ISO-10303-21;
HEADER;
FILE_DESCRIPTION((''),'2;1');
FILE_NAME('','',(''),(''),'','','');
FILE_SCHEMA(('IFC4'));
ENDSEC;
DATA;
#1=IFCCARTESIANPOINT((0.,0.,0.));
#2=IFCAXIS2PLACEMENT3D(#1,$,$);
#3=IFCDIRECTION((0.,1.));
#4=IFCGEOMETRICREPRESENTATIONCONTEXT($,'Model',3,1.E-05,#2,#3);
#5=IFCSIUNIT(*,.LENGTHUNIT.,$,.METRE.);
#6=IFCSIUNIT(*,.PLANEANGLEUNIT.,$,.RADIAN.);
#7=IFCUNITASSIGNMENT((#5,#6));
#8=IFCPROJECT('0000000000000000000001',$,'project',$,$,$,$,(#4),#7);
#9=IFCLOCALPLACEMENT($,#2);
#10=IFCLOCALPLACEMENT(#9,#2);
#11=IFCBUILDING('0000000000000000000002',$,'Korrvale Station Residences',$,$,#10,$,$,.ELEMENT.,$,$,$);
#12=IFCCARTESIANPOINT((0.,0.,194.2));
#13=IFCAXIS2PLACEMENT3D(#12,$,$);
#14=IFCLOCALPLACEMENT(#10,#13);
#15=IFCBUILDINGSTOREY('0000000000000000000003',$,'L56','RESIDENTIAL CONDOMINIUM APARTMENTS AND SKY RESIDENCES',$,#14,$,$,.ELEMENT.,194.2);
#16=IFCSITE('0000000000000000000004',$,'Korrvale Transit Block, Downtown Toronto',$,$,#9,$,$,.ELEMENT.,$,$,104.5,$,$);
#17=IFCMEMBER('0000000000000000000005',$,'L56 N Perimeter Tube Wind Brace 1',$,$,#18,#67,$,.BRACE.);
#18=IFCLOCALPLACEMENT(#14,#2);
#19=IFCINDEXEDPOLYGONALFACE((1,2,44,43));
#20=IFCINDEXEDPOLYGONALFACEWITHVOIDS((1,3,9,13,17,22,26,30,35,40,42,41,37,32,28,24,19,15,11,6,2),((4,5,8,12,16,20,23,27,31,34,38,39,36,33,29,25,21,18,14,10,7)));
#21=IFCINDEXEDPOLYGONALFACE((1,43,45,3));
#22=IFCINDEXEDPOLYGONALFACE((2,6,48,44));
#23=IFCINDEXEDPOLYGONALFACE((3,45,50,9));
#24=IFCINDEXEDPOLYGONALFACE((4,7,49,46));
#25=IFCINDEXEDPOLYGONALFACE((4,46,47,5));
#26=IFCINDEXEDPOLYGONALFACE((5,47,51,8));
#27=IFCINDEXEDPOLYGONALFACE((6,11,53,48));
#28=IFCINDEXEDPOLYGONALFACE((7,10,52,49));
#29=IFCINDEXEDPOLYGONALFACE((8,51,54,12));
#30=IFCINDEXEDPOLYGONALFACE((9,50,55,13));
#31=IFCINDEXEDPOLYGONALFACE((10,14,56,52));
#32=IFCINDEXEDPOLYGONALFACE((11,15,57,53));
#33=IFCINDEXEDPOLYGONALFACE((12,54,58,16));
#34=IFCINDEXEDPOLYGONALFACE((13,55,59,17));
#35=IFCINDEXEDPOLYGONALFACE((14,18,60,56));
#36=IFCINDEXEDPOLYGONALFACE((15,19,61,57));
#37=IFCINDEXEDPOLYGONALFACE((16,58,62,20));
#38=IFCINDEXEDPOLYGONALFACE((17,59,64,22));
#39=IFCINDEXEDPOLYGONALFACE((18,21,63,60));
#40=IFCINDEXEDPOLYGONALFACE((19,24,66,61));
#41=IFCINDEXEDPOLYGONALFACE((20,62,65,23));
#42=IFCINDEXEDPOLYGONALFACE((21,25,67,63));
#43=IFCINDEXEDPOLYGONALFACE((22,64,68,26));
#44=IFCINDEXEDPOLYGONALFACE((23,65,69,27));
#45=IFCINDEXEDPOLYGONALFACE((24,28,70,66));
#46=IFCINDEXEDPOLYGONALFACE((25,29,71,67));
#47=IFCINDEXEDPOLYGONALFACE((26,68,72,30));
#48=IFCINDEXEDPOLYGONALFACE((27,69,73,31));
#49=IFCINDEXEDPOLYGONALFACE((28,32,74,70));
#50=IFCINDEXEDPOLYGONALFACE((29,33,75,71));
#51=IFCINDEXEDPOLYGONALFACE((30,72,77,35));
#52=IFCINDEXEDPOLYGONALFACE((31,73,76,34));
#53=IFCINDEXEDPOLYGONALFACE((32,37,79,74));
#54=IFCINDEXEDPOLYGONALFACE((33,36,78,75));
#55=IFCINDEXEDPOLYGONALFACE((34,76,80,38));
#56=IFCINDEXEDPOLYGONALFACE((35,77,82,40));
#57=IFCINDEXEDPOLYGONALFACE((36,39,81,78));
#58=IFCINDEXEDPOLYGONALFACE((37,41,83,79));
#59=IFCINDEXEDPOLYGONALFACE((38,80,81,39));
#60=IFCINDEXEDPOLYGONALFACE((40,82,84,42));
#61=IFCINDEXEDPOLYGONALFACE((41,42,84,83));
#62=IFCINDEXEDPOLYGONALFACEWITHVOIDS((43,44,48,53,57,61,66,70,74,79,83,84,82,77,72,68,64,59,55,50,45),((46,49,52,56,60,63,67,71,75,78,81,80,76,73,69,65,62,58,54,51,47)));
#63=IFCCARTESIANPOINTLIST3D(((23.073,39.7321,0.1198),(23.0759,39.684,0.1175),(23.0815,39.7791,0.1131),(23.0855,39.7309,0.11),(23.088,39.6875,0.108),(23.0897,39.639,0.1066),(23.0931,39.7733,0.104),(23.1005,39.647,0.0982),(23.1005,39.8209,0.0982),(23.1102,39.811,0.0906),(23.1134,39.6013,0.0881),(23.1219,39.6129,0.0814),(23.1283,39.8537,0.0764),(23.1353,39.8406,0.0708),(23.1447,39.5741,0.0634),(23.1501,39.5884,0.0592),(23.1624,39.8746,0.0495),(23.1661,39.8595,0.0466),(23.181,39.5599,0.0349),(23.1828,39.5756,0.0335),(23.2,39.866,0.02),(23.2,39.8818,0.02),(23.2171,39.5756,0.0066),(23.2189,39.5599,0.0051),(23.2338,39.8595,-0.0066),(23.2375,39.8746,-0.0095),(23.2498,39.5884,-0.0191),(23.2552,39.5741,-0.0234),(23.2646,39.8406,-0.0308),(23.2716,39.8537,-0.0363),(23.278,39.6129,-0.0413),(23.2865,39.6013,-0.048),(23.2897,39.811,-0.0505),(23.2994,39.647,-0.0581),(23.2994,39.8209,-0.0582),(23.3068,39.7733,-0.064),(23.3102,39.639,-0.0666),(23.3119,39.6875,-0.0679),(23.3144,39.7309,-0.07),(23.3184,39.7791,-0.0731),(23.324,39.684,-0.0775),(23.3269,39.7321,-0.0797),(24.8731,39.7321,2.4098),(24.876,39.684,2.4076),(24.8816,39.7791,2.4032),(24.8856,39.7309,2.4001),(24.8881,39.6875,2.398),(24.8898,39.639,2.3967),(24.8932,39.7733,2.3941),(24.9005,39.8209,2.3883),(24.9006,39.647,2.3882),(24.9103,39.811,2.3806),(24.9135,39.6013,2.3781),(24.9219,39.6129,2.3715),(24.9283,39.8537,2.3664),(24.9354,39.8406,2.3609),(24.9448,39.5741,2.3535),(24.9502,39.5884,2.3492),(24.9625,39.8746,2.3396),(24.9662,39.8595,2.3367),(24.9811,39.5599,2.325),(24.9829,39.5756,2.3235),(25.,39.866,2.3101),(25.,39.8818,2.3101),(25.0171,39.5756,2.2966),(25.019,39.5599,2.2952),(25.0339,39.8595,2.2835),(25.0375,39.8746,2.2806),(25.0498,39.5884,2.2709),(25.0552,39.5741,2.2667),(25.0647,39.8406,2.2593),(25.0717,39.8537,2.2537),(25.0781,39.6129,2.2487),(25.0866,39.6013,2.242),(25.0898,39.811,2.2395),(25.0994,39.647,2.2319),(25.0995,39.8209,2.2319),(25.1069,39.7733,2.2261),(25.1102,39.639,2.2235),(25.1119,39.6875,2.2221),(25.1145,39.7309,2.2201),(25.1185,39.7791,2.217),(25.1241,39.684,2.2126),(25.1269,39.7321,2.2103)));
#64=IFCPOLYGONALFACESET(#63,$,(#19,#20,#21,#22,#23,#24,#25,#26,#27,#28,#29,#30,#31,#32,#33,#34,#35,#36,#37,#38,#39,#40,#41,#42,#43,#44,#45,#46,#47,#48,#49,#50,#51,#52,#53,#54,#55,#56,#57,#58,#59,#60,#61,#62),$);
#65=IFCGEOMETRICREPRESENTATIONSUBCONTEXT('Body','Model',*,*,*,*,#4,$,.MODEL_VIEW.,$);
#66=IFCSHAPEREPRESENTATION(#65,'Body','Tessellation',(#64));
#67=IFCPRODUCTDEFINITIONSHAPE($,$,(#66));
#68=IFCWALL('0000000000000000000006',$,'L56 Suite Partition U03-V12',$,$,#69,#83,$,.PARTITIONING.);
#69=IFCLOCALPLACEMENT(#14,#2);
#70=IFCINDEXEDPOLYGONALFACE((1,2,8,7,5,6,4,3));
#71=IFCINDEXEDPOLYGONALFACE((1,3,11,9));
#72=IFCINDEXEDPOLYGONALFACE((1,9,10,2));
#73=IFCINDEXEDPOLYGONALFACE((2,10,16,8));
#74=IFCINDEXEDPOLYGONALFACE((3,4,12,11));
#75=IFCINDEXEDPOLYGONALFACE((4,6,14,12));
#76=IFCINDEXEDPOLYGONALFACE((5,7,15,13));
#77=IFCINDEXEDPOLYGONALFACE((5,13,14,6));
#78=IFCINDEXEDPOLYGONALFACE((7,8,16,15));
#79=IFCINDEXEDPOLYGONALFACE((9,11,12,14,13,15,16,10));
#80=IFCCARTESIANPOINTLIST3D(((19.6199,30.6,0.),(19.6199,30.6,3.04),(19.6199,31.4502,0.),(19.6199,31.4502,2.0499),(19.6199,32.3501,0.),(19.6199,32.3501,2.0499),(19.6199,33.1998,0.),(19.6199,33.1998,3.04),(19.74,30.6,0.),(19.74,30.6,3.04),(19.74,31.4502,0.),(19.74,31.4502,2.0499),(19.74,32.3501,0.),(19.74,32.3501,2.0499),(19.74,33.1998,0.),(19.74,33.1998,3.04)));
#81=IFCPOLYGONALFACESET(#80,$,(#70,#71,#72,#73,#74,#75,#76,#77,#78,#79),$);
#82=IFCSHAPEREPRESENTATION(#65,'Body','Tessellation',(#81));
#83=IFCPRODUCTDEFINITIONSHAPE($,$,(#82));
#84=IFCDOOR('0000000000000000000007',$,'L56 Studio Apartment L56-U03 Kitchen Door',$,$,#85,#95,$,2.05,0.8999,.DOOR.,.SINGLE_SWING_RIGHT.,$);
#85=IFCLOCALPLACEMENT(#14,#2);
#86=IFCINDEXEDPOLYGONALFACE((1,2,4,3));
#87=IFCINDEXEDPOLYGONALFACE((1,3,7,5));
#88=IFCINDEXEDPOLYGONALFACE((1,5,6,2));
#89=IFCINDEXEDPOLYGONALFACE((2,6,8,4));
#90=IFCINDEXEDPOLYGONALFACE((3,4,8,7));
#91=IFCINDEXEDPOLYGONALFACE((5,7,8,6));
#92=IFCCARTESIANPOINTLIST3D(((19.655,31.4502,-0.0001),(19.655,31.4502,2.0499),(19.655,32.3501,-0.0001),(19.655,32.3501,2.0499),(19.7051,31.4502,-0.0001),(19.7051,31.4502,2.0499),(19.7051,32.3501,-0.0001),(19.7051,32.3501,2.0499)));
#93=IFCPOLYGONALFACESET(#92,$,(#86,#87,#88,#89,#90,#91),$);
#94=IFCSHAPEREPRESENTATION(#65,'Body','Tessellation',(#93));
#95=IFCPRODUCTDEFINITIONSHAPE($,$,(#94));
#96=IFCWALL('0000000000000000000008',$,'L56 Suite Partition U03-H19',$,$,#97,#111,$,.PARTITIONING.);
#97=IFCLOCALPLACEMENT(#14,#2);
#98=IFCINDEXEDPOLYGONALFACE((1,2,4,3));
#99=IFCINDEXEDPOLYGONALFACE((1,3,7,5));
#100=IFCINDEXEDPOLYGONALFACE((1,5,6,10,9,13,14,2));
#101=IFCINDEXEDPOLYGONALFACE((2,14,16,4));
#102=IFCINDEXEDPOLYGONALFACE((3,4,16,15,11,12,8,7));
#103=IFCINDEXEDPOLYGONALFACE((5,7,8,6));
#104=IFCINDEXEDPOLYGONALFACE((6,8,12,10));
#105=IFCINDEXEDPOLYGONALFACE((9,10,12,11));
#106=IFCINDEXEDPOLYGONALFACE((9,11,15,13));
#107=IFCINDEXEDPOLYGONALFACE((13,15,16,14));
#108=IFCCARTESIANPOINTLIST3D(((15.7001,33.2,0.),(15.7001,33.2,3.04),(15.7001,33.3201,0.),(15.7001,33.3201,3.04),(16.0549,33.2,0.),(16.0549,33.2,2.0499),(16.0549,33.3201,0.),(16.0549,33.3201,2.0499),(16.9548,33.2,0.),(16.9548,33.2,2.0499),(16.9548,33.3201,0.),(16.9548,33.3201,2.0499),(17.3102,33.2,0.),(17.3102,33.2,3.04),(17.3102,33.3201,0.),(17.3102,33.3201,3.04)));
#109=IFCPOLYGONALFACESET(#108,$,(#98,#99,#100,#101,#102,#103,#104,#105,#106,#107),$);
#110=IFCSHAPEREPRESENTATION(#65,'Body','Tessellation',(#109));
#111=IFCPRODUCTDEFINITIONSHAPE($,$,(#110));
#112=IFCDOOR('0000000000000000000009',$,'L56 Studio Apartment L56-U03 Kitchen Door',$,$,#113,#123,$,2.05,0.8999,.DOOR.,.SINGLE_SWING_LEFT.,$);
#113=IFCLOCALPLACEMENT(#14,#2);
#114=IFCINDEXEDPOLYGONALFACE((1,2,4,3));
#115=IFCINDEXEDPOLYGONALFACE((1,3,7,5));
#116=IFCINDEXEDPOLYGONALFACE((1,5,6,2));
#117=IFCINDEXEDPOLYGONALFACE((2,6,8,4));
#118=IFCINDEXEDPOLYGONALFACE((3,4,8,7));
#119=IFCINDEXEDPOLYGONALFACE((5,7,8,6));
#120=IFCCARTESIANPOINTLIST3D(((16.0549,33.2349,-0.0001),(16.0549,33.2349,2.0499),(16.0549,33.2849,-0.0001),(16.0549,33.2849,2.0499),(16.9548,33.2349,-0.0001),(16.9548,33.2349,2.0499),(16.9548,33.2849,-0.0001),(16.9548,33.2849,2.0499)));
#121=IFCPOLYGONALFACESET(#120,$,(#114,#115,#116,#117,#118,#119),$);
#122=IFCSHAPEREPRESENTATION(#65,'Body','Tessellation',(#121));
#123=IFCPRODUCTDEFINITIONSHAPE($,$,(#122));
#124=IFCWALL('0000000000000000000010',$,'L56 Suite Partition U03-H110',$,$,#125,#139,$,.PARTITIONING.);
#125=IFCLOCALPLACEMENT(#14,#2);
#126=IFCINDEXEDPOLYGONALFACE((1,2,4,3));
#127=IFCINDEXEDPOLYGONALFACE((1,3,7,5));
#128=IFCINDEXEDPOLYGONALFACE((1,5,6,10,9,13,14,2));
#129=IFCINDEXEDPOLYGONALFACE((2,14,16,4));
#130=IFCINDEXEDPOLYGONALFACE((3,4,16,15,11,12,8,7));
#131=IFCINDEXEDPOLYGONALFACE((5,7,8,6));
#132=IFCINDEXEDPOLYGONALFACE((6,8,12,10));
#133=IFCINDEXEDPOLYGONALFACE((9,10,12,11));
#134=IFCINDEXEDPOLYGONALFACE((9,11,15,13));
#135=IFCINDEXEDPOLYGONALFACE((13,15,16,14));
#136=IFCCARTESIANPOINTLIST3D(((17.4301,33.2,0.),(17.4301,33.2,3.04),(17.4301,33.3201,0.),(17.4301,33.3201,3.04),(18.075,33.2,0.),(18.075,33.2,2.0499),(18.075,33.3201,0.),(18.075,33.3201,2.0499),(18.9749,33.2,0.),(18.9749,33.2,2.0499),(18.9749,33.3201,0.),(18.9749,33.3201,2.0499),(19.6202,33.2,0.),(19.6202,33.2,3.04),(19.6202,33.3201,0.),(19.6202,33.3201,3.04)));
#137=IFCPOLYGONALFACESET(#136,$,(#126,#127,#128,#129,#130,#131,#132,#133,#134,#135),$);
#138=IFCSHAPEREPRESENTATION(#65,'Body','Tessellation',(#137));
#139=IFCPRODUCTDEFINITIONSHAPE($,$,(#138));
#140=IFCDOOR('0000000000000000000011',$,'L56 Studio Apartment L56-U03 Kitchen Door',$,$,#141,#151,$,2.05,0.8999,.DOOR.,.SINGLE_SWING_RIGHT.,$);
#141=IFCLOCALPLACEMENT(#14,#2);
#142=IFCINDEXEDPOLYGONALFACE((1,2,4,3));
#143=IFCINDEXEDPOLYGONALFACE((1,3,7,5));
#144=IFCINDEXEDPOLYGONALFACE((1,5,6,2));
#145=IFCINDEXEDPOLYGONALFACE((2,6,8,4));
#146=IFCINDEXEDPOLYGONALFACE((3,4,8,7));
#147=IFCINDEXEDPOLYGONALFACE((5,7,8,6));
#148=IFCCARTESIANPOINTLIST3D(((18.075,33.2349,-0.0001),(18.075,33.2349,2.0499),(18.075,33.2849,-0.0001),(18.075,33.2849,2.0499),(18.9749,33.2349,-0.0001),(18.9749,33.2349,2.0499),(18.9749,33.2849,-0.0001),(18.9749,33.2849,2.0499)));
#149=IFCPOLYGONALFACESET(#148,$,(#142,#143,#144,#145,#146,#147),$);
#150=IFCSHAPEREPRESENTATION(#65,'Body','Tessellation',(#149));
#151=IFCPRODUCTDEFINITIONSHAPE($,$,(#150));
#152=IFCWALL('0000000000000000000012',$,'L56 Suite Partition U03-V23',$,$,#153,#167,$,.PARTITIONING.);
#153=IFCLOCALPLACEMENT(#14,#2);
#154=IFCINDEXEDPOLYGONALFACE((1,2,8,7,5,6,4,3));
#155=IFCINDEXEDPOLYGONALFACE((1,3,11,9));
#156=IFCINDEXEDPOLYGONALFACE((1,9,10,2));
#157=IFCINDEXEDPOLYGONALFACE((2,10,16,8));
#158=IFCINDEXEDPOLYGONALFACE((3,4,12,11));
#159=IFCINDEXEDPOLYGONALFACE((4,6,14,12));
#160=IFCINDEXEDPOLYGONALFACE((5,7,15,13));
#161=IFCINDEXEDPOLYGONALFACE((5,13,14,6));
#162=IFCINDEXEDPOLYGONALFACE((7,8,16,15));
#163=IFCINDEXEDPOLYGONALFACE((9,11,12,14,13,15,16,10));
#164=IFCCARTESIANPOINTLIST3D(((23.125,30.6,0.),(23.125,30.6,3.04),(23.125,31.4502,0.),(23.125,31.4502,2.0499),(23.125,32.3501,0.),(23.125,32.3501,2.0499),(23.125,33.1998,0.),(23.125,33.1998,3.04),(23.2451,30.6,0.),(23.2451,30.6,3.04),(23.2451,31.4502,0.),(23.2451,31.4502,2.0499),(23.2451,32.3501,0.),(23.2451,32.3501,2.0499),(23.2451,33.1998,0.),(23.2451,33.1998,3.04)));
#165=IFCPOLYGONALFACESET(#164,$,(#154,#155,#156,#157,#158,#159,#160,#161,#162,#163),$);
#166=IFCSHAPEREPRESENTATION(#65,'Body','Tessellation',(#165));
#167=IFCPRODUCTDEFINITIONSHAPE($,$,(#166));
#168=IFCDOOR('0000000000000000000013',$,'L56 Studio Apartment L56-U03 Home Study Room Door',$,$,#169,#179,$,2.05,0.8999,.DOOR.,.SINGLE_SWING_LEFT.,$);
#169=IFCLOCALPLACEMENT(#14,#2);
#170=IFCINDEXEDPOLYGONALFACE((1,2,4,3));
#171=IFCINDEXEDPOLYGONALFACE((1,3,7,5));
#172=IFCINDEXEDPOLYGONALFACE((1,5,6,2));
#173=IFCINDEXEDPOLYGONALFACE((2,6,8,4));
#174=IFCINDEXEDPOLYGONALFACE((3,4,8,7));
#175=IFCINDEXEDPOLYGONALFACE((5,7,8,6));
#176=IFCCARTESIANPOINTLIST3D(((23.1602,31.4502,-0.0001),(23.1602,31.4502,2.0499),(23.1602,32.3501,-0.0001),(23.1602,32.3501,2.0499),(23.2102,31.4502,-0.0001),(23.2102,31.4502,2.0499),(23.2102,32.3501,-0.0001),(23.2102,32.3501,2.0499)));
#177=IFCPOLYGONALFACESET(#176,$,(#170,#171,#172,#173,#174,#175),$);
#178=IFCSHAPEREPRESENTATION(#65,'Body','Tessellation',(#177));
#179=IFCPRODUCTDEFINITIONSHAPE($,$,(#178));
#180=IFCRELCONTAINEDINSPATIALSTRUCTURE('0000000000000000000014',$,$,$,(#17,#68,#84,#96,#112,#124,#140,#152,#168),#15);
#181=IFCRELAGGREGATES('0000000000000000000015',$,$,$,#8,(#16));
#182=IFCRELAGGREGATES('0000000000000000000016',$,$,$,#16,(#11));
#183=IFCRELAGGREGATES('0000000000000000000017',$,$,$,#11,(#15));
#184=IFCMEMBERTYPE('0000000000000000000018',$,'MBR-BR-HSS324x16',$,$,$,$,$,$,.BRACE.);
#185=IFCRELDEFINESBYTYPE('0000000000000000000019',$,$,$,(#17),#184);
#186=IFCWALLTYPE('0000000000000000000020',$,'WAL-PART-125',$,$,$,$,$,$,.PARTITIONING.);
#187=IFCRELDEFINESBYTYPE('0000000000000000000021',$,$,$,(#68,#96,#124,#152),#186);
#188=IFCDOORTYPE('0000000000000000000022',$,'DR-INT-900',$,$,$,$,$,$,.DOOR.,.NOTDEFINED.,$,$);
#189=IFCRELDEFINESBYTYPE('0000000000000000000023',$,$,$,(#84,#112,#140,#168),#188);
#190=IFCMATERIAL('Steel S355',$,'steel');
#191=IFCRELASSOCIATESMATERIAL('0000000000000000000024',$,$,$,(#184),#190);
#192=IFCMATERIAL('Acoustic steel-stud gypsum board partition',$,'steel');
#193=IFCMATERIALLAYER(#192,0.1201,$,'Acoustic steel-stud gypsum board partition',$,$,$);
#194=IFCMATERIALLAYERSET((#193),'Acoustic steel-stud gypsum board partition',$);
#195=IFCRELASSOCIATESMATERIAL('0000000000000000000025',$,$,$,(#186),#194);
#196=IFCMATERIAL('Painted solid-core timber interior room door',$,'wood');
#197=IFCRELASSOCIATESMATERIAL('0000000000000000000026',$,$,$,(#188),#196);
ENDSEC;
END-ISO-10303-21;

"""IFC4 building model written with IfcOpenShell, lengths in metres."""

from ifc_helpers import new_model, si_unit, direction, frame, frame_2d, origin, origin_2d, place, context, subcontext, project, spatial, rectangle, hollow_circle, extrude, material, layer, layer_set, material_profile, profile_set, type_object, element, fill, save


model = new_model("IFC4")

# Units and contexts
model_context = context("Model", 3, precision=1e-05, world=origin(), true_north=direction((0.0, 1.0)))
body_context = subcontext(model_context, "Body", "Model", "MODEL_VIEW")
ifc_project = project(units=[si_unit("LENGTHUNIT", "METRE"), si_unit("PLANEANGLEUNIT", "RADIAN")], contexts=[model_context])

# Site, building, storey
site_placement = place(None, origin())
site = spatial("IfcSite", under=ifc_project, at=site_placement, Name="Korrvale Transit Block, Downtown Toronto", CompositionType="ELEMENT", RefElevation=104.5)
building_placement = place(site_placement, origin())
building = spatial("IfcBuilding", under=site, at=building_placement, Name="Korrvale Station Residences", CompositionType="ELEMENT")
storey_placement = place(building_placement, frame((0.0, 0.0, 194.2)))
storey = spatial("IfcBuildingStorey", under=building, at=storey_placement, Name="L56", Description="RESIDENTIAL CONDOMINIUM APARTMENTS AND SKY RESIDENCES", CompositionType="ELEMENT", Elevation=194.2)

# Shared definitions
ifc_material_1 = material(Name="Steel S355", Category="steel")

# Member
ifc_material_profile_1 = material_profile(ifc_material_1, hollow_circle(Radius=0.1619, WallThickness=0.0159, at=origin_2d()), Name="HSS324x16")
ifc_profile_set_1 = profile_set([ifc_material_profile_1], Name="Steel S355")
member_type = type_object("IfcMemberType", Name="MBR-BR-HSS324x16", PredefinedType="BRACE", material=ifc_profile_set_1)
member_placement = place(storey_placement, frame((23.2, 39.72, 0.02), z_axis=(0.617977, 0.0, 0.786196), x_axis=(0.0, 1.0, 0.0)))
element("IfcMember", 1, at=member_placement, inside=storey, type_object=member_type, Name="L56 N Perimeter Tube Wind Brace 1", PredefinedType="BRACE", context=body_context, shape_type="SweptSolid", body=[
    extrude(hollow_circle(Radius=0.1619, WallThickness=0.0159, at=origin_2d()), origin(), (0.0, 0.0, 1.0), 2.9128),
])

# Walls, openings, doors
ifc_material_2 = material(Name="Acoustic steel-stud gypsum board partition", Category="steel")
ifc_layer_1 = layer(ifc_material_2, 0.1201, Name="Acoustic steel-stud gypsum board partition")
ifc_layer_set_1 = layer_set([ifc_layer_1], Name="Acoustic steel-stud gypsum board partition")
wall_type = type_object("IfcWallType", Name="WAL-PART-125", PredefinedType="PARTITIONING", material=ifc_layer_set_1)
wall_1_placement = place(storey_placement, frame((19.6799, 30.6001, 0.0), z_axis=(0.0, 0.0, 1.0), x_axis=(0.0, 1.0, 0.0)))
wall_1 = element("IfcWall", 2, at=wall_1_placement, inside=storey, type_object=wall_type, Name="L56 Suite Partition U03-V12", PredefinedType="PARTITIONING", context=body_context, shape_type="SweptSolid", body=[
    extrude(rectangle(XDim=2.5999, YDim=0.1201, at=frame_2d((1.2998, 0.0))), origin(), (0.0, 0.0, 1.0), 3.04),
])
opening_1_placement = place(wall_1_placement, frame((0.8501, 0.0, 0.0)))
opening_1 = element("IfcOpeningElement", 3, at=opening_1_placement, cuts=wall_1, PredefinedType="OPENING", context=body_context, shape_type="SweptSolid", body=[
    extrude(rectangle(XDim=0.8999, YDim=2.05, at=frame_2d((0.45, 1.0249))), frame((0.0, 0.0701, 0.0), z_axis=(0.0, -1.0, 0.0), x_axis=(1.0, 0.0, 0.0)), (0.0, 0.0, 1.0), 0.1401),
])
ifc_material_3 = material(Name="Painted solid-core timber interior room door", Category="wood")
door_type = type_object("IfcDoorType", Name="DR-INT-900", OperationType="NOTDEFINED", PredefinedType="DOOR", material=ifc_material_3)
door_1_placement = place(opening_1_placement, origin())
door_1 = element("IfcDoor", 4, at=door_1_placement, inside=storey, type_object=door_type, Name="L56 Studio Apartment L56-U03 Kitchen Door", OperationType="SINGLE_SWING_RIGHT", OverallHeight=2.05, OverallWidth=0.8999, PredefinedType="DOOR", context=body_context, shape_type="SweptSolid", body=[
    extrude(rectangle(XDim=0.8999, YDim=2.05, at=frame_2d((0.45, 1.0249))), frame((0.0, 0.0249, 0.0), z_axis=(0.0, -1.0, 0.0), x_axis=(1.0, 0.0, 0.0)), (0.0, 0.0, 1.0), 0.05),
])
fill(opening_1, door_1)
wall_2_placement = place(storey_placement, frame((15.7, 33.26, 0.0), z_axis=(0.0, 0.0, 1.0), x_axis=(1.0, 0.0, 0.0)))
wall_2 = element("IfcWall", 5, at=wall_2_placement, inside=storey, type_object=wall_type, Name="L56 Suite Partition U03-H19", PredefinedType="PARTITIONING", context=body_context, shape_type="SweptSolid", body=[
    extrude(rectangle(XDim=1.6101, YDim=0.1201, at=frame_2d((0.8052, 0.0))), origin(), (0.0, 0.0, 1.0), 3.04),
])
opening_2_placement = place(wall_2_placement, frame((0.355, 0.0, 0.0)))
opening_2 = element("IfcOpeningElement", 6, at=opening_2_placement, cuts=wall_2, PredefinedType="OPENING", context=body_context, shape_type="SweptSolid", body=[
    extrude(rectangle(XDim=0.8999, YDim=2.05, at=frame_2d((0.45, 1.0249))), frame((0.0, 0.0701, 0.0), z_axis=(0.0, -1.0, 0.0), x_axis=(1.0, 0.0, 0.0)), (0.0, 0.0, 1.0), 0.1401),
])
door_2_placement = place(opening_2_placement, origin())
door_2 = element("IfcDoor", 7, at=door_2_placement, inside=storey, type_object=door_type, Name="L56 Studio Apartment L56-U03 Kitchen Door", OperationType="SINGLE_SWING_LEFT", OverallHeight=2.05, OverallWidth=0.8999, PredefinedType="DOOR", context=body_context, shape_type="SweptSolid", body=[
    extrude(rectangle(XDim=0.8999, YDim=2.05, at=frame_2d((0.45, 1.0249))), frame((0.0, 0.0249, 0.0), z_axis=(0.0, -1.0, 0.0), x_axis=(1.0, 0.0, 0.0)), (0.0, 0.0, 1.0), 0.05),
])
fill(opening_2, door_2)
wall_3_placement = place(storey_placement, frame((17.4299, 33.26, 0.0), z_axis=(0.0, 0.0, 1.0), x_axis=(1.0, 0.0, 0.0)))
wall_3 = element("IfcWall", 8, at=wall_3_placement, inside=storey, type_object=wall_type, Name="L56 Suite Partition U03-H110", PredefinedType="PARTITIONING", context=body_context, shape_type="SweptSolid", body=[
    extrude(rectangle(XDim=2.1902, YDim=0.1201, at=frame_2d((1.0952, 0.0))), origin(), (0.0, 0.0, 1.0), 3.04),
])
opening_3_placement = place(wall_3_placement, frame((0.645, 0.0, 0.0)))
opening_3 = element("IfcOpeningElement", 9, at=opening_3_placement, cuts=wall_3, PredefinedType="OPENING", context=body_context, shape_type="SweptSolid", body=[
    extrude(rectangle(XDim=0.8999, YDim=2.05, at=frame_2d((0.45, 1.0249))), frame((0.0, 0.0701, 0.0), z_axis=(0.0, -1.0, 0.0), x_axis=(1.0, 0.0, 0.0)), (0.0, 0.0, 1.0), 0.1401),
])
door_3_placement = place(opening_3_placement, origin())
door_3 = element("IfcDoor", 10, at=door_3_placement, inside=storey, type_object=door_type, Name="L56 Studio Apartment L56-U03 Kitchen Door", OperationType="SINGLE_SWING_RIGHT", OverallHeight=2.05, OverallWidth=0.8999, PredefinedType="DOOR", context=body_context, shape_type="SweptSolid", body=[
    extrude(rectangle(XDim=0.8999, YDim=2.05, at=frame_2d((0.45, 1.0249))), frame((0.0, 0.0249, 0.0), z_axis=(0.0, -1.0, 0.0), x_axis=(1.0, 0.0, 0.0)), (0.0, 0.0, 1.0), 0.05),
])
fill(opening_3, door_3)
wall_4_placement = place(storey_placement, frame((23.1851, 30.6001, 0.0), z_axis=(0.0, 0.0, 1.0), x_axis=(0.0, 1.0, 0.0)))
wall_4 = element("IfcWall", 11, at=wall_4_placement, inside=storey, type_object=wall_type, Name="L56 Suite Partition U03-V23", PredefinedType="PARTITIONING", context=body_context, shape_type="SweptSolid", body=[
    extrude(rectangle(XDim=2.5999, YDim=0.1201, at=frame_2d((1.2998, 0.0))), origin(), (0.0, 0.0, 1.0), 3.04),
])
opening_4_placement = place(wall_4_placement, frame((0.8501, 0.0, 0.0)))
opening_4 = element("IfcOpeningElement", 12, at=opening_4_placement, cuts=wall_4, PredefinedType="OPENING", context=body_context, shape_type="SweptSolid", body=[
    extrude(rectangle(XDim=0.8999, YDim=2.05, at=frame_2d((0.45, 1.0249))), frame((0.0, 0.0701, 0.0), z_axis=(0.0, -1.0, 0.0), x_axis=(1.0, 0.0, 0.0)), (0.0, 0.0, 1.0), 0.1401),
])
door_4_placement = place(opening_4_placement, origin())
door_4 = element("IfcDoor", 13, at=door_4_placement, inside=storey, type_object=door_type, Name="L56 Studio Apartment L56-U03 Home Study Room Door", OperationType="SINGLE_SWING_LEFT", OverallHeight=2.05, OverallWidth=0.8999, PredefinedType="DOOR", context=body_context, shape_type="SweptSolid", body=[
    extrude(rectangle(XDim=0.8999, YDim=2.05, at=frame_2d((0.45, 1.0249))), frame((0.0, 0.0249, 0.0), z_axis=(0.0, -1.0, 0.0), x_axis=(1.0, 0.0, 0.0)), (0.0, 0.0, 1.0), 0.05),
])
fill(opening_4, door_4)

save(model, "model.ifc")
